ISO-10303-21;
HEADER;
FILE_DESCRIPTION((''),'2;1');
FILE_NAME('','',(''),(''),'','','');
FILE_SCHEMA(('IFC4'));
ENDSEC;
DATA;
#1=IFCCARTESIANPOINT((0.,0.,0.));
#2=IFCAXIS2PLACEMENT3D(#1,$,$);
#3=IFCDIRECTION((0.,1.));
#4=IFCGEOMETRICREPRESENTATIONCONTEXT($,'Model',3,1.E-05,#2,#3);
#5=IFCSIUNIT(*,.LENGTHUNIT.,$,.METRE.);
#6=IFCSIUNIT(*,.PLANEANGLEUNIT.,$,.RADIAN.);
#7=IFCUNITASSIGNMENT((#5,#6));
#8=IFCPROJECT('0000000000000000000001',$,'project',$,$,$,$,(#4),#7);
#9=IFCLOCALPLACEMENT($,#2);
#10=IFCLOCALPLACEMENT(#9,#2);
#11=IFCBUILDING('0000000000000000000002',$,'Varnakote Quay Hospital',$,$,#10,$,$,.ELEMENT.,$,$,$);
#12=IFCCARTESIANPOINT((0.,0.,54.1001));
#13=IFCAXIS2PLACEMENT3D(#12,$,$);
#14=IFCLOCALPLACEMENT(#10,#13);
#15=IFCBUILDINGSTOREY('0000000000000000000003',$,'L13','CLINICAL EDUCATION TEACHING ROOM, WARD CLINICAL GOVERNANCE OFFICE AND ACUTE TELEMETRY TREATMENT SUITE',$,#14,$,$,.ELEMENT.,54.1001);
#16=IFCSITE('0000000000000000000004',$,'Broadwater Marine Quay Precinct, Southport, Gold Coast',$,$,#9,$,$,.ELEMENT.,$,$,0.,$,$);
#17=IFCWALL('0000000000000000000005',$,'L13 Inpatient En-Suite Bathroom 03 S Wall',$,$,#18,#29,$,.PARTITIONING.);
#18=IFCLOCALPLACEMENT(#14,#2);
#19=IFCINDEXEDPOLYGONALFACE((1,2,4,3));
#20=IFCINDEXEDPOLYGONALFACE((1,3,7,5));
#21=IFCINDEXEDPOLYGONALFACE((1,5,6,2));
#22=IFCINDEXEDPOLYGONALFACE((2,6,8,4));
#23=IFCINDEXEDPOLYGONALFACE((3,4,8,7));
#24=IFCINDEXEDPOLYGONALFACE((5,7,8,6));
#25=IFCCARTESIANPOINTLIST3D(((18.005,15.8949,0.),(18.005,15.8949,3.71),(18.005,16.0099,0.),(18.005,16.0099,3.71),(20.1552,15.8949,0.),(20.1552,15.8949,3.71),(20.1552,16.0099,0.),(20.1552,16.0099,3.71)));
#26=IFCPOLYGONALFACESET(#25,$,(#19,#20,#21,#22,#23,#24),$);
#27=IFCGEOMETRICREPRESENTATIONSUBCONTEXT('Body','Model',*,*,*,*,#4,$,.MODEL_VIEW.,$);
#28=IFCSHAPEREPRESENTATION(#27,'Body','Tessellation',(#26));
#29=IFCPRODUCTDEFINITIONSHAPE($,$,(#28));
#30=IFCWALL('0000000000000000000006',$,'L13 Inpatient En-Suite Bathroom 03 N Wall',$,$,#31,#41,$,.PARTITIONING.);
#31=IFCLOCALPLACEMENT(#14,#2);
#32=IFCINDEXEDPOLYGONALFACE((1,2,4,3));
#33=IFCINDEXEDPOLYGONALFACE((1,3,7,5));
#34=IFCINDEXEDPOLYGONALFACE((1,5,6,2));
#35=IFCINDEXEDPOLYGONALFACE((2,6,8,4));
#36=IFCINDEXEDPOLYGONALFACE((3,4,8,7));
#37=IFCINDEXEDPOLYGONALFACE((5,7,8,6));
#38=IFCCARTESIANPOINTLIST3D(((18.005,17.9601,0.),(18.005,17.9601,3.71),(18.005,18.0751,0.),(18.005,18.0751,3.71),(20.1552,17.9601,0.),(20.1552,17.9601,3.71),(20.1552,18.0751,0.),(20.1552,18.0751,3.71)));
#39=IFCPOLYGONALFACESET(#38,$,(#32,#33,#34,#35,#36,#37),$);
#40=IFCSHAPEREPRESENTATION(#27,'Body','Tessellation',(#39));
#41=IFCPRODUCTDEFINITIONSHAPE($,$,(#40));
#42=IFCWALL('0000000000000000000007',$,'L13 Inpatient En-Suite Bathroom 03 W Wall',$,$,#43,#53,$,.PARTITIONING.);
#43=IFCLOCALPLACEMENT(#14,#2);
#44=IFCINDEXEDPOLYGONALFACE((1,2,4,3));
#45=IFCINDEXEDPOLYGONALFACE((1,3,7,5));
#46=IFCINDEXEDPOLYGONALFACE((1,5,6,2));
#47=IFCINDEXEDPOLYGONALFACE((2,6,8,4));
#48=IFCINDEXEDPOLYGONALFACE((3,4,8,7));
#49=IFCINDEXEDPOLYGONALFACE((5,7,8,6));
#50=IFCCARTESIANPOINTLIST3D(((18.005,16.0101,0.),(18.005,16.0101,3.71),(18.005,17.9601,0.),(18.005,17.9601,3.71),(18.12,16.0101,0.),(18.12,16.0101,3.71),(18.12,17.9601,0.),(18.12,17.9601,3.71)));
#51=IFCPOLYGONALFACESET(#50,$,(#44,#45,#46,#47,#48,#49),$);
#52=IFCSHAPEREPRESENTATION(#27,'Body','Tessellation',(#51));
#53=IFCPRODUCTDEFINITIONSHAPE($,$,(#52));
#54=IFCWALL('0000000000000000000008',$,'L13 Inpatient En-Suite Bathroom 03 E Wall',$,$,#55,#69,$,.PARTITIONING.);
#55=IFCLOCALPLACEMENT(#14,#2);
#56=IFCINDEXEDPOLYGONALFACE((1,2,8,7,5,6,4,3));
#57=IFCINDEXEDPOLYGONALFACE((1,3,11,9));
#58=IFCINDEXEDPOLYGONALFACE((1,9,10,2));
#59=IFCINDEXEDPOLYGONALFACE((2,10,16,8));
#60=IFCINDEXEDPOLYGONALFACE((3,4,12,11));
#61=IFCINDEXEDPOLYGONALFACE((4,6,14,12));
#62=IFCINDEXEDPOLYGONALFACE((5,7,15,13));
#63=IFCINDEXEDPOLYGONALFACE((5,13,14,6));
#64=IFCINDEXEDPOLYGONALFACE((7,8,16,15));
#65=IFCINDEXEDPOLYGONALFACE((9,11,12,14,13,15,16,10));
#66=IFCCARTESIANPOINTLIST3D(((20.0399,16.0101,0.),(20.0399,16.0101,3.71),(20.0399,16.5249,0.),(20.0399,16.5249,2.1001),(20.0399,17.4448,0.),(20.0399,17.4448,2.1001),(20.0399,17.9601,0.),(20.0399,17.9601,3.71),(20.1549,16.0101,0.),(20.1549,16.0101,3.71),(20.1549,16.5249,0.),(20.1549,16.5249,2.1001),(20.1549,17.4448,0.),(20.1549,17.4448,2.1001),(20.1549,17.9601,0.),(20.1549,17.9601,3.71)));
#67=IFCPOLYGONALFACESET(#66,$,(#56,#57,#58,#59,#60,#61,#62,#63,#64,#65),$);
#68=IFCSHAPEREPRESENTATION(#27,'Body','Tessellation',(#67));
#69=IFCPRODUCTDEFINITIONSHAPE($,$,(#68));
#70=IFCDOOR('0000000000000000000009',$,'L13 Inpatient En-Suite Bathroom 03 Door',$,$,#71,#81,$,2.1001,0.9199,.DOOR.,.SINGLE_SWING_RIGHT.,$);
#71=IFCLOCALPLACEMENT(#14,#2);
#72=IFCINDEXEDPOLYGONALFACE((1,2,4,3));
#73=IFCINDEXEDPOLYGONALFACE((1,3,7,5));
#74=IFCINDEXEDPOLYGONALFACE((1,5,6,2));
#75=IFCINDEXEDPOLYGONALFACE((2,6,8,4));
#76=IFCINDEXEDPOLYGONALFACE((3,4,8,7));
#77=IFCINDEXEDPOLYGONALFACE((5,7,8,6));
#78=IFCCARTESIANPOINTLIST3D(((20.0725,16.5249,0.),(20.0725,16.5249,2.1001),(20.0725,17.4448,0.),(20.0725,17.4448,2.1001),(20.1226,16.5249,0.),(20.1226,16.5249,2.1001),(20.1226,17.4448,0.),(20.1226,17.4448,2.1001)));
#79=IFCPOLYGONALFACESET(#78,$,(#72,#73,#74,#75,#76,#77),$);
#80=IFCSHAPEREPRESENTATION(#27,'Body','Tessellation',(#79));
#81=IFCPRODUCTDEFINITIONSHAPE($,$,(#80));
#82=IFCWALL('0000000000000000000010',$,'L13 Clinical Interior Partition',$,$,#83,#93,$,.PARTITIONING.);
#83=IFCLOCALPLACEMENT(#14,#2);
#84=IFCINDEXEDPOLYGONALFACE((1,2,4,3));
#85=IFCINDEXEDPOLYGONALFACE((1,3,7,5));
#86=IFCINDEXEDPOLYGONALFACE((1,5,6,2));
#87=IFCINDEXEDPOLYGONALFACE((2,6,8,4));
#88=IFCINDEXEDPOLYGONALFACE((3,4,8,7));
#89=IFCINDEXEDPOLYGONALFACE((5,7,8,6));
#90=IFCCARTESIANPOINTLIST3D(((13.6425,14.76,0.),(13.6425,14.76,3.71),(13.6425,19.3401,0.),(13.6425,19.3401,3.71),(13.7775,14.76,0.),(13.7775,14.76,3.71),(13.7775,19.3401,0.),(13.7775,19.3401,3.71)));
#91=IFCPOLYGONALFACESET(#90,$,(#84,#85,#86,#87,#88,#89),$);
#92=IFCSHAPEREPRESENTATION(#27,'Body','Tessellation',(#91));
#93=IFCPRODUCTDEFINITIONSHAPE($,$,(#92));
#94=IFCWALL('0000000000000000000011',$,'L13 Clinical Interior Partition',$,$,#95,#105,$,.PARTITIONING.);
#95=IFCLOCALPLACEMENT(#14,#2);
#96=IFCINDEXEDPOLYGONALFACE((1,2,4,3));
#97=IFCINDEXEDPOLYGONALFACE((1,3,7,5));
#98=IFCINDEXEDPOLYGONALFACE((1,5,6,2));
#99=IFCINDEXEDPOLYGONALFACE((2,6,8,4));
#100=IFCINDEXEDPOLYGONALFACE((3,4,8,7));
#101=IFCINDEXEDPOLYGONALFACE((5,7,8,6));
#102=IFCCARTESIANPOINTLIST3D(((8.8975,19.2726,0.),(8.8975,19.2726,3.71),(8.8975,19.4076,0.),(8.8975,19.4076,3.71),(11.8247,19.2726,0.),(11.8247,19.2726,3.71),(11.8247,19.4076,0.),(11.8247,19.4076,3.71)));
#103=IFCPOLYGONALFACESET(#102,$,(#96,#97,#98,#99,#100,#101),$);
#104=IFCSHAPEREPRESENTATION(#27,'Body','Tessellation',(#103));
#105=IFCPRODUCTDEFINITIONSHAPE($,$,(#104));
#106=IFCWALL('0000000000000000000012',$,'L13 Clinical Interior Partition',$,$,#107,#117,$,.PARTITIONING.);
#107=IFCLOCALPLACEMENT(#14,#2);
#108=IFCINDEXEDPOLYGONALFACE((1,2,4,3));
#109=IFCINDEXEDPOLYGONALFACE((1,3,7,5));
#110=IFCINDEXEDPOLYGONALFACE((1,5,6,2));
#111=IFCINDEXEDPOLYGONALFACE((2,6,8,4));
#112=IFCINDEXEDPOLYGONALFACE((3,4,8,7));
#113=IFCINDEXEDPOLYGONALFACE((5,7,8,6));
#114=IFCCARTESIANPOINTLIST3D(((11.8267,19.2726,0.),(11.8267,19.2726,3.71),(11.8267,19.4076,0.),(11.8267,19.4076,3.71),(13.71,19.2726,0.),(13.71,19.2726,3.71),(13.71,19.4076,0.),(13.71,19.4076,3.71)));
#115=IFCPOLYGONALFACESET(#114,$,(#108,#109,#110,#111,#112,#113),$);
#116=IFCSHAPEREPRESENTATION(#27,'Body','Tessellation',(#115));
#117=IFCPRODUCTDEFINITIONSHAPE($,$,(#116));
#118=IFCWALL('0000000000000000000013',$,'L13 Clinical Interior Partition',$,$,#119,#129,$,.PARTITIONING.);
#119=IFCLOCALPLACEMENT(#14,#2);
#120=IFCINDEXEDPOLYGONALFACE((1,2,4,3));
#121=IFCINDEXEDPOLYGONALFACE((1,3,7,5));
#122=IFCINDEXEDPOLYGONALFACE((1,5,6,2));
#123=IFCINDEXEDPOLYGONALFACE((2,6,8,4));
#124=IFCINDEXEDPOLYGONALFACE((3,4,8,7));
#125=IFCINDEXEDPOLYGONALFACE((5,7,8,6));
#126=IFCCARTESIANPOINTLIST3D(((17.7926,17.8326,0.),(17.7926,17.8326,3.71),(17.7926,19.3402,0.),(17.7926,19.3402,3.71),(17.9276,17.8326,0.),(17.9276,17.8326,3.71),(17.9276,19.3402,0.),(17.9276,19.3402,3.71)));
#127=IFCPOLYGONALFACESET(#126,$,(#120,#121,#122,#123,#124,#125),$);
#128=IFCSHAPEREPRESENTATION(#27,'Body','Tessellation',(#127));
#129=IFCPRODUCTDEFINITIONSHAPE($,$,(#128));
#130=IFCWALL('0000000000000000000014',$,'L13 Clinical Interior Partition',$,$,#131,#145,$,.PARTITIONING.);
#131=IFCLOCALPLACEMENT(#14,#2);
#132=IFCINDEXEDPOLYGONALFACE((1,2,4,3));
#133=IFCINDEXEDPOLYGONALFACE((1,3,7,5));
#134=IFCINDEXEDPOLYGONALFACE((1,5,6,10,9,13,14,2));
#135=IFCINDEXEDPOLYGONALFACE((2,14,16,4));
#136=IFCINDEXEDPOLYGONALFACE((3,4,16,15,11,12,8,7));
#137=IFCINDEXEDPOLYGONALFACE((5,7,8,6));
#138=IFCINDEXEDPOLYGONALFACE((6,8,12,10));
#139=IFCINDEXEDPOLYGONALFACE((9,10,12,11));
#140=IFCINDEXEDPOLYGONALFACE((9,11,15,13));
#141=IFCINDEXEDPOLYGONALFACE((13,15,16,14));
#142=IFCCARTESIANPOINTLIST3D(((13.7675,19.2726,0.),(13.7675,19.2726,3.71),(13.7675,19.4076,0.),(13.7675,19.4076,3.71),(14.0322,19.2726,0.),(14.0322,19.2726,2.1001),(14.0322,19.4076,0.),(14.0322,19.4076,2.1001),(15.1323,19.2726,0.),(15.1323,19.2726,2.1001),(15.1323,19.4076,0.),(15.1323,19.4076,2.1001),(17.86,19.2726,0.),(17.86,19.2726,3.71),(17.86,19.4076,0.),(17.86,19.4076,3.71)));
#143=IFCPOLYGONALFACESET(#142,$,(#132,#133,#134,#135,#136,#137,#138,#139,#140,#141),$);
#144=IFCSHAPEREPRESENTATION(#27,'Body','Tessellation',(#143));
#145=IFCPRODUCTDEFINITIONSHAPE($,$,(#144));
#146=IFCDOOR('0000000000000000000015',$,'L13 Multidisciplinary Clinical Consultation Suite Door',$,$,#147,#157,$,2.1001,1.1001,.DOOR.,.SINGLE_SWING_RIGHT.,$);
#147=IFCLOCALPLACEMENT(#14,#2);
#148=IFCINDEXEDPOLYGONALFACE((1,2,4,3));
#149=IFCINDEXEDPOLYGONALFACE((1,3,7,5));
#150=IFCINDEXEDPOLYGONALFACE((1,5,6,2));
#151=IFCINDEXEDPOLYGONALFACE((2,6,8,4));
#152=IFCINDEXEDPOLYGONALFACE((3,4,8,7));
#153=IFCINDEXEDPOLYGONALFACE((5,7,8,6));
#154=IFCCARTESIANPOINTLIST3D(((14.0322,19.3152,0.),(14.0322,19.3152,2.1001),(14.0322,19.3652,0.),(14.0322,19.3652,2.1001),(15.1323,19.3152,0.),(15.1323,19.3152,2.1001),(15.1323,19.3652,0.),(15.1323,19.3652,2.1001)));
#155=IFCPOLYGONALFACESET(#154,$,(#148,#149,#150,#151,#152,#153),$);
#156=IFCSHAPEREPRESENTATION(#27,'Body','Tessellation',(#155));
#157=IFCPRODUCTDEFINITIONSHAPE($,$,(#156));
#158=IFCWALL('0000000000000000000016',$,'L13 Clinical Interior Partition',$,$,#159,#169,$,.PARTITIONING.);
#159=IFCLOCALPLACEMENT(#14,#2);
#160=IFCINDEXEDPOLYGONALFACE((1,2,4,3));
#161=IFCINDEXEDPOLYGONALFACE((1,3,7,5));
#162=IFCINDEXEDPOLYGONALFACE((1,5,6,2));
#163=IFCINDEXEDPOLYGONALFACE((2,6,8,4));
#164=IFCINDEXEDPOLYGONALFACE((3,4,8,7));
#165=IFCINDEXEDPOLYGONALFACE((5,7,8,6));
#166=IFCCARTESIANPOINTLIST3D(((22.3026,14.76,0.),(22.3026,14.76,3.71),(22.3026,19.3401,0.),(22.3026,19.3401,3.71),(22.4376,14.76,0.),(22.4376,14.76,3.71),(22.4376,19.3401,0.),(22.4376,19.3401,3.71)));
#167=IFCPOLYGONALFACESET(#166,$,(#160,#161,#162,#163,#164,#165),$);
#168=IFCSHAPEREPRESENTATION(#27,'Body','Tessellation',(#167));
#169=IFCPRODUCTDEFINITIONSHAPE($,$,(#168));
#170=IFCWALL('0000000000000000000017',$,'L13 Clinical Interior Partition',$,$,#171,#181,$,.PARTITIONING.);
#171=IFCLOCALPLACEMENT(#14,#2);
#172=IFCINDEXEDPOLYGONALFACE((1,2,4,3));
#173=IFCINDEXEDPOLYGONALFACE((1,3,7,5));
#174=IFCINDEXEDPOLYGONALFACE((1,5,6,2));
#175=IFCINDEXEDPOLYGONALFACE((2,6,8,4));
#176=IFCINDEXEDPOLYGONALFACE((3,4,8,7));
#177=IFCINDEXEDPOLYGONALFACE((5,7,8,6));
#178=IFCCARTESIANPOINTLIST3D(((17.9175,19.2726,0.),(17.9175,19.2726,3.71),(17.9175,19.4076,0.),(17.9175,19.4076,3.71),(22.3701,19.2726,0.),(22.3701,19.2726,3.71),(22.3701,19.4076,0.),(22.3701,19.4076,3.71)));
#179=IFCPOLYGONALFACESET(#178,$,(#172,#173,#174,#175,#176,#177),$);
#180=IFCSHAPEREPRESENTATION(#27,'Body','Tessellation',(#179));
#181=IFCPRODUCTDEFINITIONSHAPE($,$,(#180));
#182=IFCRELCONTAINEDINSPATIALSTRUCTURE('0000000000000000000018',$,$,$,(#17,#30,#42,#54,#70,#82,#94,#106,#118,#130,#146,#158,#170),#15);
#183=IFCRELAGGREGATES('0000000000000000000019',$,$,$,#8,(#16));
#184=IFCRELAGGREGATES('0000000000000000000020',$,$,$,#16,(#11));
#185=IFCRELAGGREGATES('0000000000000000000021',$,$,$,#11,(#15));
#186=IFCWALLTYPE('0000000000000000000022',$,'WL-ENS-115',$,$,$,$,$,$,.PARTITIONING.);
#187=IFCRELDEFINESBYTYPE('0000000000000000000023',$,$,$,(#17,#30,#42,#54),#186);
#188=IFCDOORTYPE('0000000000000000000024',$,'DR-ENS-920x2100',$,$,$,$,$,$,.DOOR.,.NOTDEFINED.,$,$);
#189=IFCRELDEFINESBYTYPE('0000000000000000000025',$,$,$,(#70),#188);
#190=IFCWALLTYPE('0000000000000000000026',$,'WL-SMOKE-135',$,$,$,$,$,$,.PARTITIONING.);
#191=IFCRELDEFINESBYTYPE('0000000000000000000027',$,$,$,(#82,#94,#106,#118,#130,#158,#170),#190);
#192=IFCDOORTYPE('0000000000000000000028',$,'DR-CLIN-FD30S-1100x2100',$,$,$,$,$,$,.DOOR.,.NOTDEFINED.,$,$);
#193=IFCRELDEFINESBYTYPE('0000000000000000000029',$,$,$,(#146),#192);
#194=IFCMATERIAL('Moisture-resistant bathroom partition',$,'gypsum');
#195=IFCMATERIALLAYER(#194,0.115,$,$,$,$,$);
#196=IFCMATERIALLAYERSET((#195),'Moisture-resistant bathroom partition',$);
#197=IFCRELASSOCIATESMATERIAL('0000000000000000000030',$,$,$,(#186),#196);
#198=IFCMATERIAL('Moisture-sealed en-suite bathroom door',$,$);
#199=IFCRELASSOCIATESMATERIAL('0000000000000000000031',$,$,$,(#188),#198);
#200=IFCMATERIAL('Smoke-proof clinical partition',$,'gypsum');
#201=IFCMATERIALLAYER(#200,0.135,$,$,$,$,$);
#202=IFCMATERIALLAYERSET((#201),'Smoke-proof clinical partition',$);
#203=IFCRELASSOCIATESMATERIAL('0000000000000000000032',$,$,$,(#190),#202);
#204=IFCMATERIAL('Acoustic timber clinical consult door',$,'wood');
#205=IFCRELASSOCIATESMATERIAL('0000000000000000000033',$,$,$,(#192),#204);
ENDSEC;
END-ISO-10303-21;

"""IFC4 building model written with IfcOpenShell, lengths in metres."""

from ifc_helpers import new_model, si_unit, direction, frame, frame_2d, origin, place, context, subcontext, project, spatial, rectangle, extrude, material, layer, layer_set, type_object, element, fill, save


model = new_model("IFC4")

# Units and contexts
model_context = context("Model", 3, precision=1e-05, world=origin(), true_north=direction((0.0, 1.0)))
body_context = subcontext(model_context, "Body", "Model", "MODEL_VIEW")
ifc_project = project(units=[si_unit("LENGTHUNIT", "METRE"), si_unit("PLANEANGLEUNIT", "RADIAN")], contexts=[model_context])

# Site, building, storey
site_placement = place(None, origin())
site = spatial("IfcSite", under=ifc_project, at=site_placement, Name="Broadwater Marine Quay Precinct, Southport, Gold Coast", CompositionType="ELEMENT", RefElevation=0.0)
building_placement = place(site_placement, origin())
building = spatial("IfcBuilding", under=site, at=building_placement, Name="Varnakote Quay Hospital", CompositionType="ELEMENT")
storey_placement = place(building_placement, frame((0.0, 0.0, 54.1001)))
storey = spatial("IfcBuildingStorey", under=building, at=storey_placement, Name="L13", Description="CLINICAL EDUCATION TEACHING ROOM, WARD CLINICAL GOVERNANCE OFFICE AND ACUTE TELEMETRY TREATMENT SUITE", CompositionType="ELEMENT", Elevation=54.1001)

# Walls
ifc_material_1 = material(Name="Moisture-resistant bathroom partition", Category="gypsum")
ifc_layer_1 = layer(ifc_material_1, 0.115)
ifc_layer_set_1 = layer_set([ifc_layer_1], Name="Moisture-resistant bathroom partition")
wall_type_1 = type_object("IfcWallType", Name="WL-ENS-115", PredefinedType="PARTITIONING", material=ifc_layer_set_1)
for number, where, z_axis, x_axis, name in (
    (1, (18.0049, 15.9524, 0.0), (0.0, 0.0, 1.0), (1.0, 0.0, 0.0), "L13 Inpatient En-Suite Bathroom 03 S Wall"),
    (2, (18.0049, 18.0176, 0.0), (0.0, 0.0, 1.0), (1.0, 0.0, 0.0), "L13 Inpatient En-Suite Bathroom 03 N Wall"),
):
    element("IfcWall", number, at=place(storey_placement, frame(where, z_axis=z_axis, x_axis=x_axis)), inside=storey, type_object=wall_type_1, Name=name, PredefinedType="PARTITIONING", context=body_context, shape_type="SweptSolid", body=[
        extrude(rectangle(XDim=2.1501, YDim=0.115, at=frame_2d((1.0752, 0.0))), origin(), (0.0, 0.0, 1.0), 3.71),
    ])
wall_1_placement = place(storey_placement, frame((18.0625, 16.01, 0.0), z_axis=(0.0, 0.0, 1.0), x_axis=(0.0, 1.0, 0.0)))
element("IfcWall", 3, at=wall_1_placement, inside=storey, type_object=wall_type_1, Name="L13 Inpatient En-Suite Bathroom 03 W Wall", PredefinedType="PARTITIONING", context=body_context, shape_type="SweptSolid", body=[
    extrude(rectangle(XDim=1.95, YDim=0.115, at=frame_2d((0.9751, 0.0))), origin(), (0.0, 0.0, 1.0), 3.71),
])

# Wall, opening, door
wall_2_placement = place(storey_placement, frame((20.0974, 16.01, 0.0), z_axis=(0.0, 0.0, 1.0), x_axis=(0.0, 1.0, 0.0)))
wall_2 = element("IfcWall", 4, at=wall_2_placement, inside=storey, type_object=wall_type_1, Name="L13 Inpatient En-Suite Bathroom 03 E Wall", PredefinedType="PARTITIONING", context=body_context, shape_type="SweptSolid", body=[
    extrude(rectangle(XDim=1.95, YDim=0.115, at=frame_2d((0.9751, 0.0))), origin(), (0.0, 0.0, 1.0), 3.71),
])
opening_1_placement = place(wall_2_placement, frame((0.5149, 0.0, 0.0)))
opening_1 = element("IfcOpeningElement", 5, at=opening_1_placement, cuts=wall_2, PredefinedType="OPENING", context=body_context, shape_type="SweptSolid", body=[
    extrude(rectangle(XDim=0.9199, YDim=2.1001, at=frame_2d((0.46, 1.05))), frame((0.0, 0.0674, 0.0), z_axis=(0.0, -1.0, 0.0), x_axis=(1.0, 0.0, 0.0)), (0.0, 0.0, 1.0), 0.135),
])
ifc_material_2 = material(Name="Moisture-sealed en-suite bathroom door")
door_type_1 = type_object("IfcDoorType", Name="DR-ENS-920x2100", OperationType="NOTDEFINED", PredefinedType="DOOR", material=ifc_material_2)
door_1_placement = place(opening_1_placement, origin())
door_1 = element("IfcDoor", 6, at=door_1_placement, inside=storey, type_object=door_type_1, Name="L13 Inpatient En-Suite Bathroom 03 Door", OperationType="SINGLE_SWING_RIGHT", OverallHeight=2.1001, OverallWidth=0.9199, PredefinedType="DOOR", context=body_context, shape_type="SweptSolid", body=[
    extrude(rectangle(XDim=0.9199, YDim=2.1001, at=frame_2d((0.46, 1.05))), frame((0.0, 0.0249, 0.0), z_axis=(0.0, -1.0, 0.0), x_axis=(1.0, 0.0, 0.0)), (0.0, 0.0, 1.0), 0.05),
])
fill(opening_1, door_1)

# Walls
ifc_material_3 = material(Name="Smoke-proof clinical partition", Category="gypsum")
ifc_layer_2 = layer(ifc_material_3, 0.135)
ifc_layer_set_2 = layer_set([ifc_layer_2], Name="Smoke-proof clinical partition")
wall_type_2 = type_object("IfcWallType", Name="WL-SMOKE-135", PredefinedType="PARTITIONING", material=ifc_layer_set_2)
wall_3_placement = place(storey_placement, frame((13.71, 14.76, 0.0), z_axis=(0.0, 0.0, 1.0), x_axis=(0.0, 1.0, 0.0)))
element("IfcWall", 7, at=wall_3_placement, inside=storey, type_object=wall_type_2, Name="L13 Clinical Interior Partition", PredefinedType="PARTITIONING", context=body_context, shape_type="SweptSolid", body=[
    extrude(rectangle(XDim=4.5801, YDim=0.135, at=frame_2d((2.29, 0.0))), origin(), (0.0, 0.0, 1.0), 3.71),
])
wall_4_placement = place(storey_placement, frame((11.8247, 19.3401, 0.0), z_axis=(0.0, 0.0, 1.0), x_axis=(-1.0, 0.0, 0.0)))
element("IfcWall", 8, at=wall_4_placement, inside=storey, type_object=wall_type_2, Name="L13 Clinical Interior Partition", PredefinedType="PARTITIONING", context=body_context, shape_type="SweptSolid", body=[
    extrude(rectangle(XDim=2.9272, YDim=0.135, at=frame_2d((1.4636, 0.0))), origin(), (0.0, 0.0, 1.0), 3.71),
])
wall_5_placement = place(storey_placement, frame((13.71, 19.3401, 0.0), z_axis=(0.0, 0.0, 1.0), x_axis=(-1.0, 0.0, 0.0)))
element("IfcWall", 9, at=wall_5_placement, inside=storey, type_object=wall_type_2, Name="L13 Clinical Interior Partition", PredefinedType="PARTITIONING", context=body_context, shape_type="SweptSolid", body=[
    extrude(rectangle(XDim=1.8833, YDim=0.135, at=frame_2d((0.9417, 0.0))), origin(), (0.0, 0.0, 1.0), 3.71),
])
wall_6_placement = place(storey_placement, frame((17.8601, 17.8325, 0.0), z_axis=(0.0, 0.0, 1.0), x_axis=(0.0, 1.0, 0.0)))
element("IfcWall", 10, at=wall_6_placement, inside=storey, type_object=wall_type_2, Name="L13 Clinical Interior Partition", PredefinedType="PARTITIONING", context=body_context, shape_type="SweptSolid", body=[
    extrude(rectangle(XDim=1.5076, YDim=0.135, at=frame_2d((0.7539, 0.0))), origin(), (0.0, 0.0, 1.0), 3.71),
])

# Wall, opening, door
wall_7_placement = place(storey_placement, frame((17.8601, 19.3401, 0.0), z_axis=(0.0, 0.0, 1.0), x_axis=(-1.0, 0.0, 0.0)))
wall_7 = element("IfcWall", 11, at=wall_7_placement, inside=storey, type_object=wall_type_2, Name="L13 Clinical Interior Partition", PredefinedType="PARTITIONING", context=body_context, shape_type="SweptSolid", body=[
    extrude(rectangle(XDim=4.0925, YDim=0.135, at=frame_2d((2.0464, 0.0))), origin(), (0.0, 0.0, 1.0), 3.71),
])
opening_2_placement = place(wall_7_placement, frame((2.7278, 0.0, 0.0)))
opening_2 = element("IfcOpeningElement", 12, at=opening_2_placement, cuts=wall_7, PredefinedType="OPENING", context=body_context, shape_type="SweptSolid", body=[
    extrude(rectangle(XDim=1.1001, YDim=2.1001, at=frame_2d((0.55, 1.05))), frame((0.0, 0.0774, 0.0), z_axis=(0.0, -1.0, 0.0), x_axis=(1.0, 0.0, 0.0)), (0.0, 0.0, 1.0), 0.155),
])
ifc_material_4 = material(Name="Acoustic timber clinical consult door", Category="wood")
door_type_2 = type_object("IfcDoorType", Name="DR-CLIN-FD30S-1100x2100", OperationType="NOTDEFINED", PredefinedType="DOOR", material=ifc_material_4)
door_2_placement = place(opening_2_placement, origin())
door_2 = element("IfcDoor", 13, at=door_2_placement, inside=storey, type_object=door_type_2, Name="L13 Multidisciplinary Clinical Consultation Suite Door", OperationType="SINGLE_SWING_RIGHT", OverallHeight=2.1001, OverallWidth=1.1001, PredefinedType="DOOR", context=body_context, shape_type="SweptSolid", body=[
    extrude(rectangle(XDim=1.1001, YDim=2.1001, at=frame_2d((0.55, 1.05))), frame((0.0, 0.0249, 0.0), z_axis=(0.0, -1.0, 0.0), x_axis=(1.0, 0.0, 0.0)), (0.0, 0.0, 1.0), 0.05),
])
fill(opening_2, door_2)

# Walls
wall_8_placement = place(storey_placement, frame((22.3701, 14.76, 0.0), z_axis=(0.0, 0.0, 1.0), x_axis=(0.0, 1.0, 0.0)))
element("IfcWall", 14, at=wall_8_placement, inside=storey, type_object=wall_type_2, Name="L13 Clinical Interior Partition", PredefinedType="PARTITIONING", context=body_context, shape_type="SweptSolid", body=[
    extrude(rectangle(XDim=4.5801, YDim=0.135, at=frame_2d((2.29, 0.0))), origin(), (0.0, 0.0, 1.0), 3.71),
])
wall_9_placement = place(storey_placement, frame((22.3701, 19.3401, 0.0), z_axis=(0.0, 0.0, 1.0), x_axis=(-1.0, 0.0, 0.0)))
element("IfcWall", 15, at=wall_9_placement, inside=storey, type_object=wall_type_2, Name="L13 Clinical Interior Partition", PredefinedType="PARTITIONING", context=body_context, shape_type="SweptSolid", body=[
    extrude(rectangle(XDim=4.4526, YDim=0.135, at=frame_2d((2.2263, 0.0))), origin(), (0.0, 0.0, 1.0), 3.71),
])

save(model, "model.ifc")
